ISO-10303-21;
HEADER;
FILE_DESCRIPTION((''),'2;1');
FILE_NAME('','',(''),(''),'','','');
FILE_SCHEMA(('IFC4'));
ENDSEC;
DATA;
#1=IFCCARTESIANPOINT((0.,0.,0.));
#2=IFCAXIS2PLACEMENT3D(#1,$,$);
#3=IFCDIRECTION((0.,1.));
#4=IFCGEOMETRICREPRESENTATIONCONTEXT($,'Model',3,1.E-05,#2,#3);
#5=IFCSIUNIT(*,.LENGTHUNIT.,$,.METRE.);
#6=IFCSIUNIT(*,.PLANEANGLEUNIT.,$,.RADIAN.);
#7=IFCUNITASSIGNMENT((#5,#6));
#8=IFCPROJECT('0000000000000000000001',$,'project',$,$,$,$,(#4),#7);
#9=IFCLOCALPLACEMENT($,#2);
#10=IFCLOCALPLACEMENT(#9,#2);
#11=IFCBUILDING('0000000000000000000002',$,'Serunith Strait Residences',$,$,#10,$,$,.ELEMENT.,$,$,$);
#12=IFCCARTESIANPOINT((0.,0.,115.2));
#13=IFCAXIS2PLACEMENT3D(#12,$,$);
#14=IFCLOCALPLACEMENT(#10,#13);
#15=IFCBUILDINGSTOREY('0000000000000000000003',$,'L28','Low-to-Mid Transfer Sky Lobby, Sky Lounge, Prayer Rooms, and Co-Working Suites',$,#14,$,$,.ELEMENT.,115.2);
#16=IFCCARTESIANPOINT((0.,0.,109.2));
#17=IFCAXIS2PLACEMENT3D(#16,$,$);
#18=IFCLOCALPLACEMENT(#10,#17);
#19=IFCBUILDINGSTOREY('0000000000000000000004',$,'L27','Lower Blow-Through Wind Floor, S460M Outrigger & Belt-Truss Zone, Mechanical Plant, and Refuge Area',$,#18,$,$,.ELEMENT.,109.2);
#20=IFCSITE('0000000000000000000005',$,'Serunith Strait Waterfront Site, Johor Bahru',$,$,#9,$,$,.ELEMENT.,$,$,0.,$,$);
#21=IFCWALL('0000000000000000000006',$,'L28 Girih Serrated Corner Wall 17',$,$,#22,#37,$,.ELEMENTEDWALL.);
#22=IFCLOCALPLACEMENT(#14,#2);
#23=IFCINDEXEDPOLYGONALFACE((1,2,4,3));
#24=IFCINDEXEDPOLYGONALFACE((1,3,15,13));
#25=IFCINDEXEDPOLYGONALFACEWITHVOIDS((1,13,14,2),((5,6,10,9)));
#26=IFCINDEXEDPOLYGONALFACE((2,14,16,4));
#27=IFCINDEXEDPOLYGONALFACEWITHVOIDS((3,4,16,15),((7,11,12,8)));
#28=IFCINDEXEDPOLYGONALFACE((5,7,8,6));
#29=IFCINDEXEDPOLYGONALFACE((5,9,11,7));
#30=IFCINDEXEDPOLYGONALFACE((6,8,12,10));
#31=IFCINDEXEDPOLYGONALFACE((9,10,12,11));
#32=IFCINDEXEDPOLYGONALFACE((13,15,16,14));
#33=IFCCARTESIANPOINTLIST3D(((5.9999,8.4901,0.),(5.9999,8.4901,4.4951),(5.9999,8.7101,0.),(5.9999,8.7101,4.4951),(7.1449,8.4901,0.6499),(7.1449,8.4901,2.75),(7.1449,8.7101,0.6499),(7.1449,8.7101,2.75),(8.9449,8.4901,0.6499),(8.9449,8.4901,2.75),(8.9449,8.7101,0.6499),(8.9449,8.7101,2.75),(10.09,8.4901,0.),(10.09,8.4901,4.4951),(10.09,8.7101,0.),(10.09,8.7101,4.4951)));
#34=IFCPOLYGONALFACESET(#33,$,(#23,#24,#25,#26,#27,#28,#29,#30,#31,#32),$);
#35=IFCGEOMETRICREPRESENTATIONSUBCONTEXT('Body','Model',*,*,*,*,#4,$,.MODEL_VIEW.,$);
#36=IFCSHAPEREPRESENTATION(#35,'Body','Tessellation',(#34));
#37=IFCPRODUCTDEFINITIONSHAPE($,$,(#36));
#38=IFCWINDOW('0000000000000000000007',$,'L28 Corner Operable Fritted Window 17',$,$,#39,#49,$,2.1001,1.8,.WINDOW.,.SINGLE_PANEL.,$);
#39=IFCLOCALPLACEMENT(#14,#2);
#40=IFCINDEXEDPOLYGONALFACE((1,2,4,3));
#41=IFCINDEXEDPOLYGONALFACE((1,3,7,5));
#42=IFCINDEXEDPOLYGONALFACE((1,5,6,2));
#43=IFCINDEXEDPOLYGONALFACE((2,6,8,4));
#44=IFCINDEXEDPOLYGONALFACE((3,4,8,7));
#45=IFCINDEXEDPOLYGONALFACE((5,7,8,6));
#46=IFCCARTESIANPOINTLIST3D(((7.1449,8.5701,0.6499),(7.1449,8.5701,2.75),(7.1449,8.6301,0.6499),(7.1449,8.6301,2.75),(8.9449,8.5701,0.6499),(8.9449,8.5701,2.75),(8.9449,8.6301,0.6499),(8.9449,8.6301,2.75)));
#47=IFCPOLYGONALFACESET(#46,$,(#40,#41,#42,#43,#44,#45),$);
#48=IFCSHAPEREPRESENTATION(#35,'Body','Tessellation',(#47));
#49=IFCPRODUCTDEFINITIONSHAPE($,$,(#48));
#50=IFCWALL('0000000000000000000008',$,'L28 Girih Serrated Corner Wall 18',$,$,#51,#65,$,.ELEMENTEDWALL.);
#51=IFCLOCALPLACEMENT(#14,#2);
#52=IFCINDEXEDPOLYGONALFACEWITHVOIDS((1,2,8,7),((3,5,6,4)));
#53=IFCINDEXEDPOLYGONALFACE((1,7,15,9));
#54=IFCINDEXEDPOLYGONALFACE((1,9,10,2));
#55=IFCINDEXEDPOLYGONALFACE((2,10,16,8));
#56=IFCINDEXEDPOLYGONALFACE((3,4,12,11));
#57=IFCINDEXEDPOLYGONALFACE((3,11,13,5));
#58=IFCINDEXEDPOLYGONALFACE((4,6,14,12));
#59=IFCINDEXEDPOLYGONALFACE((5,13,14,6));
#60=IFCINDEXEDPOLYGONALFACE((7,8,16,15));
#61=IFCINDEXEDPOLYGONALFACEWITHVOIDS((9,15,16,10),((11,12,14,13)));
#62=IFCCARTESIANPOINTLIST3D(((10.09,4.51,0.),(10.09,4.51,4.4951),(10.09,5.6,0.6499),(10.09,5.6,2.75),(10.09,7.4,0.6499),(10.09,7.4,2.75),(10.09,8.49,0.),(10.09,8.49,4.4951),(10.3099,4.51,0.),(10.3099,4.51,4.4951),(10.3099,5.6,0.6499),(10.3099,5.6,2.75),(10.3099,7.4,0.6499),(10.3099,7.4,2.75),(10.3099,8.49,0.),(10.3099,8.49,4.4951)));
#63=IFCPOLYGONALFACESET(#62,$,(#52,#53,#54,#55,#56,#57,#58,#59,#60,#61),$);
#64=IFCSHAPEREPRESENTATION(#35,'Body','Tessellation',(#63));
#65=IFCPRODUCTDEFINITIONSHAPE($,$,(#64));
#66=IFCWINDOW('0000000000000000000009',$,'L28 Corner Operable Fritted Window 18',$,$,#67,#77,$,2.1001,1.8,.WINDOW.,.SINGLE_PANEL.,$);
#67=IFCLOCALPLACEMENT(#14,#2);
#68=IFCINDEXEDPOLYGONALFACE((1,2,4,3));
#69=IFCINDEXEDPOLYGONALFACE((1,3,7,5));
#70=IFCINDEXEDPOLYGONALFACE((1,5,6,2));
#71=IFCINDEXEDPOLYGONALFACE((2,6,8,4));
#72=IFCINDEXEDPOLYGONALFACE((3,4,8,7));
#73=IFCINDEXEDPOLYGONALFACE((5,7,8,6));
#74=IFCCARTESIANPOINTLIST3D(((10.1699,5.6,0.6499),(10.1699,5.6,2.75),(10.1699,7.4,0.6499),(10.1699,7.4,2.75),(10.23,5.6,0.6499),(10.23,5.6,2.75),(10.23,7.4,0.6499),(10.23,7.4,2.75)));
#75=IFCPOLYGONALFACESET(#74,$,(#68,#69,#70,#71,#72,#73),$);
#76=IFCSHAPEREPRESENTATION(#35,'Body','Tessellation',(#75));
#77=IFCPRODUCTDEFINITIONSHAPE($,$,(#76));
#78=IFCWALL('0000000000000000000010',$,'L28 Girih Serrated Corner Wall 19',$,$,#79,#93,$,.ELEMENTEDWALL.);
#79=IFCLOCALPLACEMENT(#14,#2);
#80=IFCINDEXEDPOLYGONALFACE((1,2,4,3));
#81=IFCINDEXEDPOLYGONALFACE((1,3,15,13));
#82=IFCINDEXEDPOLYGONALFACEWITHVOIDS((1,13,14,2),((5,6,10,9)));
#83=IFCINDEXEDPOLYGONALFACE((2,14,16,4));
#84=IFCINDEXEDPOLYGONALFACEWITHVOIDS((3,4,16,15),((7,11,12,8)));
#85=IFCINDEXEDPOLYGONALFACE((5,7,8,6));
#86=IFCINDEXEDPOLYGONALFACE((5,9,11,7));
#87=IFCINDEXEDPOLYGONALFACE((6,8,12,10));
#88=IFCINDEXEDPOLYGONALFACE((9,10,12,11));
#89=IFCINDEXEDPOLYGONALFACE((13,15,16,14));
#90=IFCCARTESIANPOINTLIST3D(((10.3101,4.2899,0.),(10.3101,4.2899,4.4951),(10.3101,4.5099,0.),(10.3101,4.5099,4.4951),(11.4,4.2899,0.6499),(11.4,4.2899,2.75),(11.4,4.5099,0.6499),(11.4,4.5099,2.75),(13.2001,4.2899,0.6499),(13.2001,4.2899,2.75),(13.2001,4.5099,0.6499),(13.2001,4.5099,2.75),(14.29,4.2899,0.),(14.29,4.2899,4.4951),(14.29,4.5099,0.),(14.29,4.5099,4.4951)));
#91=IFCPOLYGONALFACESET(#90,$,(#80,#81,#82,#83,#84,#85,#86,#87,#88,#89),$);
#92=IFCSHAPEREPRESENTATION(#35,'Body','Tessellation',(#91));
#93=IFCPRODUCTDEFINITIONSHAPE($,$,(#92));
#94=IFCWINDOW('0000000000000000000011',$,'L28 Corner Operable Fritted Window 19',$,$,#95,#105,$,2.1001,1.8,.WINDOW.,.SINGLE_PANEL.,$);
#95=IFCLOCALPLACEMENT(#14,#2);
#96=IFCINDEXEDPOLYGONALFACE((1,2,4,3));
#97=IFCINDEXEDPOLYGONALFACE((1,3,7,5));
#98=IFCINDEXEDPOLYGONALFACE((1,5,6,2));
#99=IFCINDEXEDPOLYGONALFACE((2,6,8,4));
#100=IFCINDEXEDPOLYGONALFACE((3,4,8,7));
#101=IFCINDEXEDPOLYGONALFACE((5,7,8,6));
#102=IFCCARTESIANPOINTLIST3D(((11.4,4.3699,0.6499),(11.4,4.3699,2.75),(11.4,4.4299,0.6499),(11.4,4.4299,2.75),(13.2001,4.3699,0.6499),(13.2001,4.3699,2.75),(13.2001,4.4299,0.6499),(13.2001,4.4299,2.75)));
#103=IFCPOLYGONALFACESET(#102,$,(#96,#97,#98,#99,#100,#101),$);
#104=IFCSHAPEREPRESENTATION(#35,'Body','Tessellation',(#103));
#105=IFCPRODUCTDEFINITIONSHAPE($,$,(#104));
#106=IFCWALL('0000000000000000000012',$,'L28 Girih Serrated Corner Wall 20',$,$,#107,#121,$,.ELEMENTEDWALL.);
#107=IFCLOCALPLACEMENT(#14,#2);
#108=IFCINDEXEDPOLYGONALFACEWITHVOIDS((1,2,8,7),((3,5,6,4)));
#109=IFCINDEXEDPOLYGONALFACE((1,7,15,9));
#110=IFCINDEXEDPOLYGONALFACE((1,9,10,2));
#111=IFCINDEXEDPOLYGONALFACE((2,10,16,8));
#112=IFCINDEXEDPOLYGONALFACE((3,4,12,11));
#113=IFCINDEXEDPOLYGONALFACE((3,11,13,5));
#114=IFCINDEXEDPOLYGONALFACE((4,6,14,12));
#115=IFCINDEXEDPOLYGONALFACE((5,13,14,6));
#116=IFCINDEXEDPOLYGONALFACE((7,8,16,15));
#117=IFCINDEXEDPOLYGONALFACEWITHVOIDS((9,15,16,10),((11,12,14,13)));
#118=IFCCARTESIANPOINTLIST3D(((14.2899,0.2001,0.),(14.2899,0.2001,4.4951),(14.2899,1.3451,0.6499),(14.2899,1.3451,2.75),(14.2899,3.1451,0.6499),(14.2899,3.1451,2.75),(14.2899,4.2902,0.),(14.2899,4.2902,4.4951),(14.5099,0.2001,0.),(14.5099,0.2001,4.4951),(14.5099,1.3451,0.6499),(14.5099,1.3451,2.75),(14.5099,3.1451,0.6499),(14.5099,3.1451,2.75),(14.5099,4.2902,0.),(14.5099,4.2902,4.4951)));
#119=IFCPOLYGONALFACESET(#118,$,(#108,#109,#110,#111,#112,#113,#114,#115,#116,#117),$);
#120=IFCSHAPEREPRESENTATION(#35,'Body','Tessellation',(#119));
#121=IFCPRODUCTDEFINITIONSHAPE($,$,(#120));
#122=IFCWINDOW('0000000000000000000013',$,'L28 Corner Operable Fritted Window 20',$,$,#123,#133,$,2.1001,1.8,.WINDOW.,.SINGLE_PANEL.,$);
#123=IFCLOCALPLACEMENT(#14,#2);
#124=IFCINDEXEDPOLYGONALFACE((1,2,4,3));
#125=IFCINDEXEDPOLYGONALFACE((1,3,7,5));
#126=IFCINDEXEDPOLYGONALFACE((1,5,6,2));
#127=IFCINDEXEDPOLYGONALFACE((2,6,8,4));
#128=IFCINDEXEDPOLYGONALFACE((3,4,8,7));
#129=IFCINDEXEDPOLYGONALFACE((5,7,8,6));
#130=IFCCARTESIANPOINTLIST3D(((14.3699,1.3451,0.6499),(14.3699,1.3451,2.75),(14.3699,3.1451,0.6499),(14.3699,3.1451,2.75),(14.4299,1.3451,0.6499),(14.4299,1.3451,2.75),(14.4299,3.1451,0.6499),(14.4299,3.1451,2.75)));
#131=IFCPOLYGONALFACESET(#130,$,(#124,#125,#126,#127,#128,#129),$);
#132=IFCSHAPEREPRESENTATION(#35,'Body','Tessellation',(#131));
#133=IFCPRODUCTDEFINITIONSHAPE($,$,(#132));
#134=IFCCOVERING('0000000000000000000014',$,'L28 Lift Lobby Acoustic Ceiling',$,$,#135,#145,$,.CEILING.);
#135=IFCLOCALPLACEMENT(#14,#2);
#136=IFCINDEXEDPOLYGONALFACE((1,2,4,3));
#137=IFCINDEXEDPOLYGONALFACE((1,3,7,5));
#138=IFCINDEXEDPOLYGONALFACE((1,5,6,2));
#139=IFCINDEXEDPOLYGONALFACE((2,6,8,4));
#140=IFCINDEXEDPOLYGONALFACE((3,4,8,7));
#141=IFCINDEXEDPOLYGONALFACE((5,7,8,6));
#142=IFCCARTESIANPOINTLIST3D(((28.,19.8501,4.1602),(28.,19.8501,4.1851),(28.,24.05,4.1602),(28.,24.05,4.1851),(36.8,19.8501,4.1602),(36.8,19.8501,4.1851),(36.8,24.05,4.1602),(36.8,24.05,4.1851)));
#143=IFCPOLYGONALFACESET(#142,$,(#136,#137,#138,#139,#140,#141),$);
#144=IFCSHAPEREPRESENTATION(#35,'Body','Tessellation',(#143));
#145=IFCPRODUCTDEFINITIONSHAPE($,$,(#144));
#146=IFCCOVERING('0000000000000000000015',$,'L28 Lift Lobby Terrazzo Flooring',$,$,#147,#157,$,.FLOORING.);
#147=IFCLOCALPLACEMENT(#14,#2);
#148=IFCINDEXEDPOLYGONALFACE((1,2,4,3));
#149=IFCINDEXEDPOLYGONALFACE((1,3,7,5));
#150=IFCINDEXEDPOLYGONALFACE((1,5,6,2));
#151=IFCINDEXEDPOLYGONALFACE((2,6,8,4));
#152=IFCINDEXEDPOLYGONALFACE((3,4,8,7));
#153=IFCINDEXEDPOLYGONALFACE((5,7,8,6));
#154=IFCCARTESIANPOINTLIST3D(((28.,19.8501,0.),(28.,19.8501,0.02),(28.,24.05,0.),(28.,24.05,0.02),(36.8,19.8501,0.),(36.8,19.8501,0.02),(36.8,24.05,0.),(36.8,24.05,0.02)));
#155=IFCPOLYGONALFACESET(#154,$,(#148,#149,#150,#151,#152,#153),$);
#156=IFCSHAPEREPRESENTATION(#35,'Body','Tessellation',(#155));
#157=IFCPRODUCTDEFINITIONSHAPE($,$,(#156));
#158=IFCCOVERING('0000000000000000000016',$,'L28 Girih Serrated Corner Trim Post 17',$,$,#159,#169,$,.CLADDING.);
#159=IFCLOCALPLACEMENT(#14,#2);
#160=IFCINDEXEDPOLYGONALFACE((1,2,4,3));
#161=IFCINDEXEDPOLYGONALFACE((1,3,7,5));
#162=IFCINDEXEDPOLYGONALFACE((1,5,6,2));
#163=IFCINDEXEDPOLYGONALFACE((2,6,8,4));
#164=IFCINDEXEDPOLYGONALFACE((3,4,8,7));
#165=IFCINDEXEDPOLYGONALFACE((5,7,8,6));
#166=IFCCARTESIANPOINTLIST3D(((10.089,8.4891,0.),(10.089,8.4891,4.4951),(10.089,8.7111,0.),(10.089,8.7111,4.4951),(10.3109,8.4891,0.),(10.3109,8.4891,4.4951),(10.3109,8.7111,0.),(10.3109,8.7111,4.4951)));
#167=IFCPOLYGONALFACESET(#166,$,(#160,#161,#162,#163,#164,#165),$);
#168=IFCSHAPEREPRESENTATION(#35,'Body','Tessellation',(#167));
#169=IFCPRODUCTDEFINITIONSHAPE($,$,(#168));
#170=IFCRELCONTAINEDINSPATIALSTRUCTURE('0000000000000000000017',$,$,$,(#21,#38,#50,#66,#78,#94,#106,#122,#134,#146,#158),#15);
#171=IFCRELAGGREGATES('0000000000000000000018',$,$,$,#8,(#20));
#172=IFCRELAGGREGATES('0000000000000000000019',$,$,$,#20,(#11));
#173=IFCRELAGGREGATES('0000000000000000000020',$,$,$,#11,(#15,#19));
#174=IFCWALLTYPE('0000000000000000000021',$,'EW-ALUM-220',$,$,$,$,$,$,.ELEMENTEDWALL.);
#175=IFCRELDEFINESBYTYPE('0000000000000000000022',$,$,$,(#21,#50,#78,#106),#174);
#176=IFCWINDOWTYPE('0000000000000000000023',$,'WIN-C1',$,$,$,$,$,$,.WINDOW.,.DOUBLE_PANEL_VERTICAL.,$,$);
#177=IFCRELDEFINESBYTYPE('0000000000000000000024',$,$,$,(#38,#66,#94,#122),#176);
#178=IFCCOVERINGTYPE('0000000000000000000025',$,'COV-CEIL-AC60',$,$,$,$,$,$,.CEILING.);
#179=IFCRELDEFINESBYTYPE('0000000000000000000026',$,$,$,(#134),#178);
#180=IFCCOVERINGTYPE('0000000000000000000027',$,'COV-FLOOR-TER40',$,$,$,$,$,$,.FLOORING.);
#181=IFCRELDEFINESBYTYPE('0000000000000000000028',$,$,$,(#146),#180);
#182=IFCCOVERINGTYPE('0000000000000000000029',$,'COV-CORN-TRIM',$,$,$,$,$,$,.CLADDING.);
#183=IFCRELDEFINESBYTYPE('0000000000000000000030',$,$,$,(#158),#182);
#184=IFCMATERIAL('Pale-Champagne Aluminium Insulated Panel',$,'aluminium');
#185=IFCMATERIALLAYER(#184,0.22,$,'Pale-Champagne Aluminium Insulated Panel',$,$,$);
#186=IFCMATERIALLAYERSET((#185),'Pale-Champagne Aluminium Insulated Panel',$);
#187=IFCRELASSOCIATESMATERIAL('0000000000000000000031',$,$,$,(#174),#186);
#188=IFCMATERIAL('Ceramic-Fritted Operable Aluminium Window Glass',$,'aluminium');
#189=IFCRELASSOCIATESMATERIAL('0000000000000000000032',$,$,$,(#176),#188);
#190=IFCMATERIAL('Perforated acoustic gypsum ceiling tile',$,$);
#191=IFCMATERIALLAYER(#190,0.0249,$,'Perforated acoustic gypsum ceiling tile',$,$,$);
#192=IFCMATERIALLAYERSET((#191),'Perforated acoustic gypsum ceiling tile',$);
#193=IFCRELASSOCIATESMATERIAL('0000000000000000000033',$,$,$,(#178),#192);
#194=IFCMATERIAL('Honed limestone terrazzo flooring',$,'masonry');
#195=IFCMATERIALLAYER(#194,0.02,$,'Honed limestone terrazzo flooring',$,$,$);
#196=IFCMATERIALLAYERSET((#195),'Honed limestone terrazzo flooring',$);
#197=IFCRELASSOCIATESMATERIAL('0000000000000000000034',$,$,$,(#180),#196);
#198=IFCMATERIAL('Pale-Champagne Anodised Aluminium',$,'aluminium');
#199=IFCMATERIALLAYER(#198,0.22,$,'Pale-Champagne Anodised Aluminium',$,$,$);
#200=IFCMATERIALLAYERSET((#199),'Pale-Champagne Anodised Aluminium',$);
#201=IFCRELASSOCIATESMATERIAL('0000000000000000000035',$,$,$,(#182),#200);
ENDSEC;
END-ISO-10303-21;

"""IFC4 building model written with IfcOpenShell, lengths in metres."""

from ifc_helpers import new_model, si_unit, direction, frame, frame_2d, origin, origin_2d, place, context, subcontext, project, spatial, polyline, rectangle, outline, extrude, source, transform, mapped, material, layer, layer_set, type_object, element, fill, save


model = new_model("IFC4")

# Units and contexts
model_context = context("Model", 3, precision=1e-05, world=origin(), true_north=direction((0.0, 1.0)))
body_context = subcontext(model_context, "Body", "Model", "MODEL_VIEW")
ifc_project = project(units=[si_unit("LENGTHUNIT", "METRE"), si_unit("PLANEANGLEUNIT", "RADIAN")], contexts=[model_context])

# Site, building, storey
site_placement = place(None, origin())
site = spatial("IfcSite", under=ifc_project, at=site_placement, Name="Serunith Strait Waterfront Site, Johor Bahru", CompositionType="ELEMENT", RefElevation=0.0)
building_placement = place(site_placement, origin())
building = spatial("IfcBuilding", under=site, at=building_placement, Name="Serunith Strait Residences", CompositionType="ELEMENT")
storey_1_placement = place(building_placement, frame((0.0, 0.0, 115.2)))
storey_1 = spatial("IfcBuildingStorey", under=building, at=storey_1_placement, Name="L28", Description="Low-to-Mid Transfer Sky Lobby, Sky Lounge, Prayer Rooms, and Co-Working Suites", CompositionType="ELEMENT", Elevation=115.2)

# Shared definitions
ifc_material_1 = material(Name="Pale-Champagne Anodised Aluminium", Category="aluminium")

# Shared definitions
storey_2_placement = place(building_placement, frame((0.0, 0.0, 109.2)))
storey_2 = spatial("IfcBuildingStorey", under=building, at=storey_2_placement, Name="L27", Description="Lower Blow-Through Wind Floor, S460M Outrigger & Belt-Truss Zone, Mechanical Plant, and Refuge Area", CompositionType="ELEMENT", Elevation=109.2)

# Walls, openings, windows
ifc_material_2 = material(Name="Pale-Champagne Aluminium Insulated Panel", Category="aluminium")
ifc_layer_1 = layer(ifc_material_2, 0.22, Name="Pale-Champagne Aluminium Insulated Panel")
ifc_layer_set_1 = layer_set([ifc_layer_1], Name="Pale-Champagne Aluminium Insulated Panel")
wall_type = type_object("IfcWallType", Name="EW-ALUM-220", PredefinedType="ELEMENTEDWALL", material=ifc_layer_set_1)
wall_1_placement = place(storey_1_placement, frame((6.0, 8.6001, 0.0), z_axis=(0.0, 0.0, 1.0), x_axis=(1.0, 0.0, 0.0)))
wall_1 = element("IfcWall", 1, at=wall_1_placement, inside=storey_1, type_object=wall_type, Name="L28 Girih Serrated Corner Wall 17", PredefinedType="ELEMENTEDWALL", context=body_context, shape_type="SweptSolid", body=[
    extrude(rectangle(XDim=4.0901, YDim=0.22, at=frame_2d((2.0449, 0.0))), origin(), (0.0, 0.0, 1.0), 4.4951),
])
opening_1_placement = place(wall_1_placement, frame((1.145, 0.0, 0.6499)))
opening_1 = element("IfcOpeningElement", 2, at=opening_1_placement, cuts=wall_1, PredefinedType="OPENING", context=body_context, shape_type="SweptSolid", body=[
    extrude(rectangle(XDim=1.8, YDim=2.1001, at=frame_2d((0.8999, 1.05))), frame((0.0, 0.1201, 0.0), z_axis=(0.0, -1.0, 0.0), x_axis=(1.0, 0.0, 0.0)), (0.0, 0.0, 1.0), 0.24),
])
ifc_material_3 = material(Name="Ceramic-Fritted Operable Aluminium Window Glass", Category="aluminium")
window_type = type_object("IfcWindowType", Name="WIN-C1", PartitioningType="DOUBLE_PANEL_VERTICAL", PredefinedType="WINDOW", material=ifc_material_3)
shared_shape_1 = source(origin(), body_context, "Body", "SweptSolid", [
    extrude(rectangle(XDim=1.8, YDim=2.1001, at=frame_2d((0.8999, 1.05))), frame((0.0, 0.03, 0.0), z_axis=(0.0, -1.0, 0.0), x_axis=(1.0, 0.0, 0.0)), (0.0, 0.0, 1.0), 0.0601),
])
window_1_placement = place(opening_1_placement, origin())
window_1 = element("IfcWindow", 3, at=window_1_placement, inside=storey_1, type_object=window_type, Name="L28 Corner Operable Fritted Window 17", OverallHeight=2.1001, OverallWidth=1.8, PartitioningType="SINGLE_PANEL", PredefinedType="WINDOW", context=body_context, shape_type="MappedRepresentation", body=[
    mapped(shared_shape_1, transform((0.0, 0.0, 0.0), scale=1.0)),
])
fill(opening_1, window_1)
wall_2_placement = place(storey_1_placement, frame((10.2, 8.49, 0.0), z_axis=(0.0, 0.0, 1.0), x_axis=(0.0, -1.0, 0.0)))
wall_2 = element("IfcWall", 4, at=wall_2_placement, inside=storey_1, type_object=wall_type, Name="L28 Girih Serrated Corner Wall 18", PredefinedType="ELEMENTEDWALL", context=body_context, shape_type="SweptSolid", body=[
    extrude(rectangle(XDim=3.98, YDim=0.22, at=frame_2d((1.99, 0.0))), origin(), (0.0, 0.0, 1.0), 4.4951),
])
opening_2_placement = place(wall_2_placement, frame((1.0901, 0.0, 0.6499)))
opening_2 = element("IfcOpeningElement", 5, at=opening_2_placement, cuts=wall_2, PredefinedType="OPENING", context=body_context, shape_type="SweptSolid", body=[
    extrude(rectangle(XDim=1.8, YDim=2.1001, at=frame_2d((0.8999, 1.05))), frame((0.0, 0.1201, 0.0), z_axis=(0.0, -1.0, 0.0), x_axis=(1.0, 0.0, 0.0)), (0.0, 0.0, 1.0), 0.24),
])
window_2_placement = place(opening_2_placement, origin())
window_2 = element("IfcWindow", 6, at=window_2_placement, inside=storey_1, type_object=window_type, Name="L28 Corner Operable Fritted Window 18", OverallHeight=2.1001, OverallWidth=1.8, PartitioningType="SINGLE_PANEL", PredefinedType="WINDOW", context=body_context, shape_type="MappedRepresentation", body=[
    mapped(shared_shape_1, transform((0.0, 0.0, 0.0), scale=1.0)),
])
fill(opening_2, window_2)
wall_3_placement = place(storey_1_placement, frame((10.3101, 4.3999, 0.0), z_axis=(0.0, 0.0, 1.0), x_axis=(1.0, 0.0, 0.0)))
wall_3 = element("IfcWall", 7, at=wall_3_placement, inside=storey_1, type_object=wall_type, Name="L28 Girih Serrated Corner Wall 19", PredefinedType="ELEMENTEDWALL", context=body_context, shape_type="SweptSolid", body=[
    extrude(rectangle(XDim=3.98, YDim=0.22, at=frame_2d((1.99, 0.0))), origin(), (0.0, 0.0, 1.0), 4.4951),
])
opening_3_placement = place(wall_3_placement, frame((1.0901, 0.0, 0.6499)))
opening_3 = element("IfcOpeningElement", 8, at=opening_3_placement, cuts=wall_3, PredefinedType="OPENING", context=body_context, shape_type="SweptSolid", body=[
    extrude(rectangle(XDim=1.8, YDim=2.1001, at=frame_2d((0.8999, 1.05))), frame((0.0, 0.1201, 0.0), z_axis=(0.0, -1.0, 0.0), x_axis=(1.0, 0.0, 0.0)), (0.0, 0.0, 1.0), 0.24),
])
window_3_placement = place(opening_3_placement, origin())
window_3 = element("IfcWindow", 9, at=window_3_placement, inside=storey_1, type_object=window_type, Name="L28 Corner Operable Fritted Window 19", OverallHeight=2.1001, OverallWidth=1.8, PartitioningType="SINGLE_PANEL", PredefinedType="WINDOW", context=body_context, shape_type="MappedRepresentation", body=[
    mapped(shared_shape_1, transform((0.0, 0.0, 0.0), scale=1.0)),
])
fill(opening_3, window_3)
wall_4_placement = place(storey_1_placement, frame((14.3999, 4.29, 0.0), z_axis=(0.0, 0.0, 1.0), x_axis=(0.0, -1.0, 0.0)))
wall_4 = element("IfcWall", 10, at=wall_4_placement, inside=storey_1, type_object=wall_type, Name="L28 Girih Serrated Corner Wall 20", PredefinedType="ELEMENTEDWALL", context=body_context, shape_type="SweptSolid", body=[
    extrude(rectangle(XDim=4.0901, YDim=0.22, at=frame_2d((2.0449, 0.0))), origin(), (0.0, 0.0, 1.0), 4.4951),
])
opening_4_placement = place(wall_4_placement, frame((1.145, 0.0, 0.6499)))
opening_4 = element("IfcOpeningElement", 11, at=opening_4_placement, cuts=wall_4, PredefinedType="OPENING", context=body_context, shape_type="SweptSolid", body=[
    extrude(rectangle(XDim=1.8, YDim=2.1001, at=frame_2d((0.8999, 1.05))), frame((0.0, 0.1201, 0.0), z_axis=(0.0, -1.0, 0.0), x_axis=(1.0, 0.0, 0.0)), (0.0, 0.0, 1.0), 0.24),
])
window_4_placement = place(opening_4_placement, origin())
window_4 = element("IfcWindow", 12, at=window_4_placement, inside=storey_1, type_object=window_type, Name="L28 Corner Operable Fritted Window 20", OverallHeight=2.1001, OverallWidth=1.8, PartitioningType="SINGLE_PANEL", PredefinedType="WINDOW", context=body_context, shape_type="MappedRepresentation", body=[
    mapped(shared_shape_1, transform((0.0, 0.0, 0.0), scale=1.0)),
])
fill(opening_4, window_4)

# Coverings
ifc_material_4 = material(Name="Perforated acoustic gypsum ceiling tile")
ifc_layer_2 = layer(ifc_material_4, 0.0249, Name="Perforated acoustic gypsum ceiling tile")
ifc_layer_set_2 = layer_set([ifc_layer_2], Name="Perforated acoustic gypsum ceiling tile")
covering_type_1 = type_object("IfcCoveringType", Name="COV-CEIL-AC60", PredefinedType="CEILING", material=ifc_layer_set_2)
covering_1_placement = place(storey_1_placement, frame((0.0, 0.0, 4.1602)))
element("IfcCovering", 13, at=covering_1_placement, inside=storey_1, type_object=covering_type_1, Name="L28 Lift Lobby Acoustic Ceiling", PredefinedType="CEILING", context=body_context, shape_type="SweptSolid", body=[
    extrude(outline(polyline([(28.0, 19.8501), (36.8, 19.8501), (36.8, 24.05), (28.0, 24.05), (28.0, 19.8501)])), origin(), (0.0, 0.0, 1.0), 0.0249),
])
ifc_material_5 = material(Name="Honed limestone terrazzo flooring", Category="masonry")
ifc_layer_3 = layer(ifc_material_5, 0.02, Name="Honed limestone terrazzo flooring")
ifc_layer_set_3 = layer_set([ifc_layer_3], Name="Honed limestone terrazzo flooring")
covering_type_2 = type_object("IfcCoveringType", Name="COV-FLOOR-TER40", PredefinedType="FLOORING", material=ifc_layer_set_3)
covering_2_placement = place(storey_1_placement, origin())
element("IfcCovering", 14, at=covering_2_placement, inside=storey_1, type_object=covering_type_2, Name="L28 Lift Lobby Terrazzo Flooring", PredefinedType="FLOORING", context=body_context, shape_type="SweptSolid", body=[
    extrude(outline(polyline([(28.0, 19.8501), (36.8, 19.8501), (36.8, 24.05), (28.0, 24.05), (28.0, 19.8501)])), origin(), (0.0, 0.0, 1.0), 0.02),
])
ifc_layer_4 = layer(ifc_material_1, 0.22, Name="Pale-Champagne Anodised Aluminium")
ifc_layer_set_4 = layer_set([ifc_layer_4], Name="Pale-Champagne Anodised Aluminium")
covering_type_3 = type_object("IfcCoveringType", Name="COV-CORN-TRIM", PredefinedType="CLADDING", material=ifc_layer_set_4)
shared_shape_2 = source(origin(), body_context, "Body", "SweptSolid", [
    extrude(rectangle(XDim=0.2219, YDim=0.2219, at=origin_2d()), origin(), (0.0, 0.0, 1.0), 4.4951),
])
for number, where, z_axis, x_axis, name in (
    (15, (10.2, 8.6001, 0.0), (0.0, 0.0, 1.0), (1.0, 0.0, 0.0), "L28 Girih Serrated Corner Trim Post 17"),
):
    element("IfcCovering", number, at=place(storey_1_placement, frame(where, z_axis=z_axis, x_axis=x_axis)), inside=storey_1, type_object=covering_type_3, Name=name, PredefinedType="CLADDING", context=body_context, shape_type="MappedRepresentation", body=[
        mapped(shared_shape_2, transform((0.0, 0.0, 0.0), scale=1.0)),
    ])

save(model, "model.ifc")
